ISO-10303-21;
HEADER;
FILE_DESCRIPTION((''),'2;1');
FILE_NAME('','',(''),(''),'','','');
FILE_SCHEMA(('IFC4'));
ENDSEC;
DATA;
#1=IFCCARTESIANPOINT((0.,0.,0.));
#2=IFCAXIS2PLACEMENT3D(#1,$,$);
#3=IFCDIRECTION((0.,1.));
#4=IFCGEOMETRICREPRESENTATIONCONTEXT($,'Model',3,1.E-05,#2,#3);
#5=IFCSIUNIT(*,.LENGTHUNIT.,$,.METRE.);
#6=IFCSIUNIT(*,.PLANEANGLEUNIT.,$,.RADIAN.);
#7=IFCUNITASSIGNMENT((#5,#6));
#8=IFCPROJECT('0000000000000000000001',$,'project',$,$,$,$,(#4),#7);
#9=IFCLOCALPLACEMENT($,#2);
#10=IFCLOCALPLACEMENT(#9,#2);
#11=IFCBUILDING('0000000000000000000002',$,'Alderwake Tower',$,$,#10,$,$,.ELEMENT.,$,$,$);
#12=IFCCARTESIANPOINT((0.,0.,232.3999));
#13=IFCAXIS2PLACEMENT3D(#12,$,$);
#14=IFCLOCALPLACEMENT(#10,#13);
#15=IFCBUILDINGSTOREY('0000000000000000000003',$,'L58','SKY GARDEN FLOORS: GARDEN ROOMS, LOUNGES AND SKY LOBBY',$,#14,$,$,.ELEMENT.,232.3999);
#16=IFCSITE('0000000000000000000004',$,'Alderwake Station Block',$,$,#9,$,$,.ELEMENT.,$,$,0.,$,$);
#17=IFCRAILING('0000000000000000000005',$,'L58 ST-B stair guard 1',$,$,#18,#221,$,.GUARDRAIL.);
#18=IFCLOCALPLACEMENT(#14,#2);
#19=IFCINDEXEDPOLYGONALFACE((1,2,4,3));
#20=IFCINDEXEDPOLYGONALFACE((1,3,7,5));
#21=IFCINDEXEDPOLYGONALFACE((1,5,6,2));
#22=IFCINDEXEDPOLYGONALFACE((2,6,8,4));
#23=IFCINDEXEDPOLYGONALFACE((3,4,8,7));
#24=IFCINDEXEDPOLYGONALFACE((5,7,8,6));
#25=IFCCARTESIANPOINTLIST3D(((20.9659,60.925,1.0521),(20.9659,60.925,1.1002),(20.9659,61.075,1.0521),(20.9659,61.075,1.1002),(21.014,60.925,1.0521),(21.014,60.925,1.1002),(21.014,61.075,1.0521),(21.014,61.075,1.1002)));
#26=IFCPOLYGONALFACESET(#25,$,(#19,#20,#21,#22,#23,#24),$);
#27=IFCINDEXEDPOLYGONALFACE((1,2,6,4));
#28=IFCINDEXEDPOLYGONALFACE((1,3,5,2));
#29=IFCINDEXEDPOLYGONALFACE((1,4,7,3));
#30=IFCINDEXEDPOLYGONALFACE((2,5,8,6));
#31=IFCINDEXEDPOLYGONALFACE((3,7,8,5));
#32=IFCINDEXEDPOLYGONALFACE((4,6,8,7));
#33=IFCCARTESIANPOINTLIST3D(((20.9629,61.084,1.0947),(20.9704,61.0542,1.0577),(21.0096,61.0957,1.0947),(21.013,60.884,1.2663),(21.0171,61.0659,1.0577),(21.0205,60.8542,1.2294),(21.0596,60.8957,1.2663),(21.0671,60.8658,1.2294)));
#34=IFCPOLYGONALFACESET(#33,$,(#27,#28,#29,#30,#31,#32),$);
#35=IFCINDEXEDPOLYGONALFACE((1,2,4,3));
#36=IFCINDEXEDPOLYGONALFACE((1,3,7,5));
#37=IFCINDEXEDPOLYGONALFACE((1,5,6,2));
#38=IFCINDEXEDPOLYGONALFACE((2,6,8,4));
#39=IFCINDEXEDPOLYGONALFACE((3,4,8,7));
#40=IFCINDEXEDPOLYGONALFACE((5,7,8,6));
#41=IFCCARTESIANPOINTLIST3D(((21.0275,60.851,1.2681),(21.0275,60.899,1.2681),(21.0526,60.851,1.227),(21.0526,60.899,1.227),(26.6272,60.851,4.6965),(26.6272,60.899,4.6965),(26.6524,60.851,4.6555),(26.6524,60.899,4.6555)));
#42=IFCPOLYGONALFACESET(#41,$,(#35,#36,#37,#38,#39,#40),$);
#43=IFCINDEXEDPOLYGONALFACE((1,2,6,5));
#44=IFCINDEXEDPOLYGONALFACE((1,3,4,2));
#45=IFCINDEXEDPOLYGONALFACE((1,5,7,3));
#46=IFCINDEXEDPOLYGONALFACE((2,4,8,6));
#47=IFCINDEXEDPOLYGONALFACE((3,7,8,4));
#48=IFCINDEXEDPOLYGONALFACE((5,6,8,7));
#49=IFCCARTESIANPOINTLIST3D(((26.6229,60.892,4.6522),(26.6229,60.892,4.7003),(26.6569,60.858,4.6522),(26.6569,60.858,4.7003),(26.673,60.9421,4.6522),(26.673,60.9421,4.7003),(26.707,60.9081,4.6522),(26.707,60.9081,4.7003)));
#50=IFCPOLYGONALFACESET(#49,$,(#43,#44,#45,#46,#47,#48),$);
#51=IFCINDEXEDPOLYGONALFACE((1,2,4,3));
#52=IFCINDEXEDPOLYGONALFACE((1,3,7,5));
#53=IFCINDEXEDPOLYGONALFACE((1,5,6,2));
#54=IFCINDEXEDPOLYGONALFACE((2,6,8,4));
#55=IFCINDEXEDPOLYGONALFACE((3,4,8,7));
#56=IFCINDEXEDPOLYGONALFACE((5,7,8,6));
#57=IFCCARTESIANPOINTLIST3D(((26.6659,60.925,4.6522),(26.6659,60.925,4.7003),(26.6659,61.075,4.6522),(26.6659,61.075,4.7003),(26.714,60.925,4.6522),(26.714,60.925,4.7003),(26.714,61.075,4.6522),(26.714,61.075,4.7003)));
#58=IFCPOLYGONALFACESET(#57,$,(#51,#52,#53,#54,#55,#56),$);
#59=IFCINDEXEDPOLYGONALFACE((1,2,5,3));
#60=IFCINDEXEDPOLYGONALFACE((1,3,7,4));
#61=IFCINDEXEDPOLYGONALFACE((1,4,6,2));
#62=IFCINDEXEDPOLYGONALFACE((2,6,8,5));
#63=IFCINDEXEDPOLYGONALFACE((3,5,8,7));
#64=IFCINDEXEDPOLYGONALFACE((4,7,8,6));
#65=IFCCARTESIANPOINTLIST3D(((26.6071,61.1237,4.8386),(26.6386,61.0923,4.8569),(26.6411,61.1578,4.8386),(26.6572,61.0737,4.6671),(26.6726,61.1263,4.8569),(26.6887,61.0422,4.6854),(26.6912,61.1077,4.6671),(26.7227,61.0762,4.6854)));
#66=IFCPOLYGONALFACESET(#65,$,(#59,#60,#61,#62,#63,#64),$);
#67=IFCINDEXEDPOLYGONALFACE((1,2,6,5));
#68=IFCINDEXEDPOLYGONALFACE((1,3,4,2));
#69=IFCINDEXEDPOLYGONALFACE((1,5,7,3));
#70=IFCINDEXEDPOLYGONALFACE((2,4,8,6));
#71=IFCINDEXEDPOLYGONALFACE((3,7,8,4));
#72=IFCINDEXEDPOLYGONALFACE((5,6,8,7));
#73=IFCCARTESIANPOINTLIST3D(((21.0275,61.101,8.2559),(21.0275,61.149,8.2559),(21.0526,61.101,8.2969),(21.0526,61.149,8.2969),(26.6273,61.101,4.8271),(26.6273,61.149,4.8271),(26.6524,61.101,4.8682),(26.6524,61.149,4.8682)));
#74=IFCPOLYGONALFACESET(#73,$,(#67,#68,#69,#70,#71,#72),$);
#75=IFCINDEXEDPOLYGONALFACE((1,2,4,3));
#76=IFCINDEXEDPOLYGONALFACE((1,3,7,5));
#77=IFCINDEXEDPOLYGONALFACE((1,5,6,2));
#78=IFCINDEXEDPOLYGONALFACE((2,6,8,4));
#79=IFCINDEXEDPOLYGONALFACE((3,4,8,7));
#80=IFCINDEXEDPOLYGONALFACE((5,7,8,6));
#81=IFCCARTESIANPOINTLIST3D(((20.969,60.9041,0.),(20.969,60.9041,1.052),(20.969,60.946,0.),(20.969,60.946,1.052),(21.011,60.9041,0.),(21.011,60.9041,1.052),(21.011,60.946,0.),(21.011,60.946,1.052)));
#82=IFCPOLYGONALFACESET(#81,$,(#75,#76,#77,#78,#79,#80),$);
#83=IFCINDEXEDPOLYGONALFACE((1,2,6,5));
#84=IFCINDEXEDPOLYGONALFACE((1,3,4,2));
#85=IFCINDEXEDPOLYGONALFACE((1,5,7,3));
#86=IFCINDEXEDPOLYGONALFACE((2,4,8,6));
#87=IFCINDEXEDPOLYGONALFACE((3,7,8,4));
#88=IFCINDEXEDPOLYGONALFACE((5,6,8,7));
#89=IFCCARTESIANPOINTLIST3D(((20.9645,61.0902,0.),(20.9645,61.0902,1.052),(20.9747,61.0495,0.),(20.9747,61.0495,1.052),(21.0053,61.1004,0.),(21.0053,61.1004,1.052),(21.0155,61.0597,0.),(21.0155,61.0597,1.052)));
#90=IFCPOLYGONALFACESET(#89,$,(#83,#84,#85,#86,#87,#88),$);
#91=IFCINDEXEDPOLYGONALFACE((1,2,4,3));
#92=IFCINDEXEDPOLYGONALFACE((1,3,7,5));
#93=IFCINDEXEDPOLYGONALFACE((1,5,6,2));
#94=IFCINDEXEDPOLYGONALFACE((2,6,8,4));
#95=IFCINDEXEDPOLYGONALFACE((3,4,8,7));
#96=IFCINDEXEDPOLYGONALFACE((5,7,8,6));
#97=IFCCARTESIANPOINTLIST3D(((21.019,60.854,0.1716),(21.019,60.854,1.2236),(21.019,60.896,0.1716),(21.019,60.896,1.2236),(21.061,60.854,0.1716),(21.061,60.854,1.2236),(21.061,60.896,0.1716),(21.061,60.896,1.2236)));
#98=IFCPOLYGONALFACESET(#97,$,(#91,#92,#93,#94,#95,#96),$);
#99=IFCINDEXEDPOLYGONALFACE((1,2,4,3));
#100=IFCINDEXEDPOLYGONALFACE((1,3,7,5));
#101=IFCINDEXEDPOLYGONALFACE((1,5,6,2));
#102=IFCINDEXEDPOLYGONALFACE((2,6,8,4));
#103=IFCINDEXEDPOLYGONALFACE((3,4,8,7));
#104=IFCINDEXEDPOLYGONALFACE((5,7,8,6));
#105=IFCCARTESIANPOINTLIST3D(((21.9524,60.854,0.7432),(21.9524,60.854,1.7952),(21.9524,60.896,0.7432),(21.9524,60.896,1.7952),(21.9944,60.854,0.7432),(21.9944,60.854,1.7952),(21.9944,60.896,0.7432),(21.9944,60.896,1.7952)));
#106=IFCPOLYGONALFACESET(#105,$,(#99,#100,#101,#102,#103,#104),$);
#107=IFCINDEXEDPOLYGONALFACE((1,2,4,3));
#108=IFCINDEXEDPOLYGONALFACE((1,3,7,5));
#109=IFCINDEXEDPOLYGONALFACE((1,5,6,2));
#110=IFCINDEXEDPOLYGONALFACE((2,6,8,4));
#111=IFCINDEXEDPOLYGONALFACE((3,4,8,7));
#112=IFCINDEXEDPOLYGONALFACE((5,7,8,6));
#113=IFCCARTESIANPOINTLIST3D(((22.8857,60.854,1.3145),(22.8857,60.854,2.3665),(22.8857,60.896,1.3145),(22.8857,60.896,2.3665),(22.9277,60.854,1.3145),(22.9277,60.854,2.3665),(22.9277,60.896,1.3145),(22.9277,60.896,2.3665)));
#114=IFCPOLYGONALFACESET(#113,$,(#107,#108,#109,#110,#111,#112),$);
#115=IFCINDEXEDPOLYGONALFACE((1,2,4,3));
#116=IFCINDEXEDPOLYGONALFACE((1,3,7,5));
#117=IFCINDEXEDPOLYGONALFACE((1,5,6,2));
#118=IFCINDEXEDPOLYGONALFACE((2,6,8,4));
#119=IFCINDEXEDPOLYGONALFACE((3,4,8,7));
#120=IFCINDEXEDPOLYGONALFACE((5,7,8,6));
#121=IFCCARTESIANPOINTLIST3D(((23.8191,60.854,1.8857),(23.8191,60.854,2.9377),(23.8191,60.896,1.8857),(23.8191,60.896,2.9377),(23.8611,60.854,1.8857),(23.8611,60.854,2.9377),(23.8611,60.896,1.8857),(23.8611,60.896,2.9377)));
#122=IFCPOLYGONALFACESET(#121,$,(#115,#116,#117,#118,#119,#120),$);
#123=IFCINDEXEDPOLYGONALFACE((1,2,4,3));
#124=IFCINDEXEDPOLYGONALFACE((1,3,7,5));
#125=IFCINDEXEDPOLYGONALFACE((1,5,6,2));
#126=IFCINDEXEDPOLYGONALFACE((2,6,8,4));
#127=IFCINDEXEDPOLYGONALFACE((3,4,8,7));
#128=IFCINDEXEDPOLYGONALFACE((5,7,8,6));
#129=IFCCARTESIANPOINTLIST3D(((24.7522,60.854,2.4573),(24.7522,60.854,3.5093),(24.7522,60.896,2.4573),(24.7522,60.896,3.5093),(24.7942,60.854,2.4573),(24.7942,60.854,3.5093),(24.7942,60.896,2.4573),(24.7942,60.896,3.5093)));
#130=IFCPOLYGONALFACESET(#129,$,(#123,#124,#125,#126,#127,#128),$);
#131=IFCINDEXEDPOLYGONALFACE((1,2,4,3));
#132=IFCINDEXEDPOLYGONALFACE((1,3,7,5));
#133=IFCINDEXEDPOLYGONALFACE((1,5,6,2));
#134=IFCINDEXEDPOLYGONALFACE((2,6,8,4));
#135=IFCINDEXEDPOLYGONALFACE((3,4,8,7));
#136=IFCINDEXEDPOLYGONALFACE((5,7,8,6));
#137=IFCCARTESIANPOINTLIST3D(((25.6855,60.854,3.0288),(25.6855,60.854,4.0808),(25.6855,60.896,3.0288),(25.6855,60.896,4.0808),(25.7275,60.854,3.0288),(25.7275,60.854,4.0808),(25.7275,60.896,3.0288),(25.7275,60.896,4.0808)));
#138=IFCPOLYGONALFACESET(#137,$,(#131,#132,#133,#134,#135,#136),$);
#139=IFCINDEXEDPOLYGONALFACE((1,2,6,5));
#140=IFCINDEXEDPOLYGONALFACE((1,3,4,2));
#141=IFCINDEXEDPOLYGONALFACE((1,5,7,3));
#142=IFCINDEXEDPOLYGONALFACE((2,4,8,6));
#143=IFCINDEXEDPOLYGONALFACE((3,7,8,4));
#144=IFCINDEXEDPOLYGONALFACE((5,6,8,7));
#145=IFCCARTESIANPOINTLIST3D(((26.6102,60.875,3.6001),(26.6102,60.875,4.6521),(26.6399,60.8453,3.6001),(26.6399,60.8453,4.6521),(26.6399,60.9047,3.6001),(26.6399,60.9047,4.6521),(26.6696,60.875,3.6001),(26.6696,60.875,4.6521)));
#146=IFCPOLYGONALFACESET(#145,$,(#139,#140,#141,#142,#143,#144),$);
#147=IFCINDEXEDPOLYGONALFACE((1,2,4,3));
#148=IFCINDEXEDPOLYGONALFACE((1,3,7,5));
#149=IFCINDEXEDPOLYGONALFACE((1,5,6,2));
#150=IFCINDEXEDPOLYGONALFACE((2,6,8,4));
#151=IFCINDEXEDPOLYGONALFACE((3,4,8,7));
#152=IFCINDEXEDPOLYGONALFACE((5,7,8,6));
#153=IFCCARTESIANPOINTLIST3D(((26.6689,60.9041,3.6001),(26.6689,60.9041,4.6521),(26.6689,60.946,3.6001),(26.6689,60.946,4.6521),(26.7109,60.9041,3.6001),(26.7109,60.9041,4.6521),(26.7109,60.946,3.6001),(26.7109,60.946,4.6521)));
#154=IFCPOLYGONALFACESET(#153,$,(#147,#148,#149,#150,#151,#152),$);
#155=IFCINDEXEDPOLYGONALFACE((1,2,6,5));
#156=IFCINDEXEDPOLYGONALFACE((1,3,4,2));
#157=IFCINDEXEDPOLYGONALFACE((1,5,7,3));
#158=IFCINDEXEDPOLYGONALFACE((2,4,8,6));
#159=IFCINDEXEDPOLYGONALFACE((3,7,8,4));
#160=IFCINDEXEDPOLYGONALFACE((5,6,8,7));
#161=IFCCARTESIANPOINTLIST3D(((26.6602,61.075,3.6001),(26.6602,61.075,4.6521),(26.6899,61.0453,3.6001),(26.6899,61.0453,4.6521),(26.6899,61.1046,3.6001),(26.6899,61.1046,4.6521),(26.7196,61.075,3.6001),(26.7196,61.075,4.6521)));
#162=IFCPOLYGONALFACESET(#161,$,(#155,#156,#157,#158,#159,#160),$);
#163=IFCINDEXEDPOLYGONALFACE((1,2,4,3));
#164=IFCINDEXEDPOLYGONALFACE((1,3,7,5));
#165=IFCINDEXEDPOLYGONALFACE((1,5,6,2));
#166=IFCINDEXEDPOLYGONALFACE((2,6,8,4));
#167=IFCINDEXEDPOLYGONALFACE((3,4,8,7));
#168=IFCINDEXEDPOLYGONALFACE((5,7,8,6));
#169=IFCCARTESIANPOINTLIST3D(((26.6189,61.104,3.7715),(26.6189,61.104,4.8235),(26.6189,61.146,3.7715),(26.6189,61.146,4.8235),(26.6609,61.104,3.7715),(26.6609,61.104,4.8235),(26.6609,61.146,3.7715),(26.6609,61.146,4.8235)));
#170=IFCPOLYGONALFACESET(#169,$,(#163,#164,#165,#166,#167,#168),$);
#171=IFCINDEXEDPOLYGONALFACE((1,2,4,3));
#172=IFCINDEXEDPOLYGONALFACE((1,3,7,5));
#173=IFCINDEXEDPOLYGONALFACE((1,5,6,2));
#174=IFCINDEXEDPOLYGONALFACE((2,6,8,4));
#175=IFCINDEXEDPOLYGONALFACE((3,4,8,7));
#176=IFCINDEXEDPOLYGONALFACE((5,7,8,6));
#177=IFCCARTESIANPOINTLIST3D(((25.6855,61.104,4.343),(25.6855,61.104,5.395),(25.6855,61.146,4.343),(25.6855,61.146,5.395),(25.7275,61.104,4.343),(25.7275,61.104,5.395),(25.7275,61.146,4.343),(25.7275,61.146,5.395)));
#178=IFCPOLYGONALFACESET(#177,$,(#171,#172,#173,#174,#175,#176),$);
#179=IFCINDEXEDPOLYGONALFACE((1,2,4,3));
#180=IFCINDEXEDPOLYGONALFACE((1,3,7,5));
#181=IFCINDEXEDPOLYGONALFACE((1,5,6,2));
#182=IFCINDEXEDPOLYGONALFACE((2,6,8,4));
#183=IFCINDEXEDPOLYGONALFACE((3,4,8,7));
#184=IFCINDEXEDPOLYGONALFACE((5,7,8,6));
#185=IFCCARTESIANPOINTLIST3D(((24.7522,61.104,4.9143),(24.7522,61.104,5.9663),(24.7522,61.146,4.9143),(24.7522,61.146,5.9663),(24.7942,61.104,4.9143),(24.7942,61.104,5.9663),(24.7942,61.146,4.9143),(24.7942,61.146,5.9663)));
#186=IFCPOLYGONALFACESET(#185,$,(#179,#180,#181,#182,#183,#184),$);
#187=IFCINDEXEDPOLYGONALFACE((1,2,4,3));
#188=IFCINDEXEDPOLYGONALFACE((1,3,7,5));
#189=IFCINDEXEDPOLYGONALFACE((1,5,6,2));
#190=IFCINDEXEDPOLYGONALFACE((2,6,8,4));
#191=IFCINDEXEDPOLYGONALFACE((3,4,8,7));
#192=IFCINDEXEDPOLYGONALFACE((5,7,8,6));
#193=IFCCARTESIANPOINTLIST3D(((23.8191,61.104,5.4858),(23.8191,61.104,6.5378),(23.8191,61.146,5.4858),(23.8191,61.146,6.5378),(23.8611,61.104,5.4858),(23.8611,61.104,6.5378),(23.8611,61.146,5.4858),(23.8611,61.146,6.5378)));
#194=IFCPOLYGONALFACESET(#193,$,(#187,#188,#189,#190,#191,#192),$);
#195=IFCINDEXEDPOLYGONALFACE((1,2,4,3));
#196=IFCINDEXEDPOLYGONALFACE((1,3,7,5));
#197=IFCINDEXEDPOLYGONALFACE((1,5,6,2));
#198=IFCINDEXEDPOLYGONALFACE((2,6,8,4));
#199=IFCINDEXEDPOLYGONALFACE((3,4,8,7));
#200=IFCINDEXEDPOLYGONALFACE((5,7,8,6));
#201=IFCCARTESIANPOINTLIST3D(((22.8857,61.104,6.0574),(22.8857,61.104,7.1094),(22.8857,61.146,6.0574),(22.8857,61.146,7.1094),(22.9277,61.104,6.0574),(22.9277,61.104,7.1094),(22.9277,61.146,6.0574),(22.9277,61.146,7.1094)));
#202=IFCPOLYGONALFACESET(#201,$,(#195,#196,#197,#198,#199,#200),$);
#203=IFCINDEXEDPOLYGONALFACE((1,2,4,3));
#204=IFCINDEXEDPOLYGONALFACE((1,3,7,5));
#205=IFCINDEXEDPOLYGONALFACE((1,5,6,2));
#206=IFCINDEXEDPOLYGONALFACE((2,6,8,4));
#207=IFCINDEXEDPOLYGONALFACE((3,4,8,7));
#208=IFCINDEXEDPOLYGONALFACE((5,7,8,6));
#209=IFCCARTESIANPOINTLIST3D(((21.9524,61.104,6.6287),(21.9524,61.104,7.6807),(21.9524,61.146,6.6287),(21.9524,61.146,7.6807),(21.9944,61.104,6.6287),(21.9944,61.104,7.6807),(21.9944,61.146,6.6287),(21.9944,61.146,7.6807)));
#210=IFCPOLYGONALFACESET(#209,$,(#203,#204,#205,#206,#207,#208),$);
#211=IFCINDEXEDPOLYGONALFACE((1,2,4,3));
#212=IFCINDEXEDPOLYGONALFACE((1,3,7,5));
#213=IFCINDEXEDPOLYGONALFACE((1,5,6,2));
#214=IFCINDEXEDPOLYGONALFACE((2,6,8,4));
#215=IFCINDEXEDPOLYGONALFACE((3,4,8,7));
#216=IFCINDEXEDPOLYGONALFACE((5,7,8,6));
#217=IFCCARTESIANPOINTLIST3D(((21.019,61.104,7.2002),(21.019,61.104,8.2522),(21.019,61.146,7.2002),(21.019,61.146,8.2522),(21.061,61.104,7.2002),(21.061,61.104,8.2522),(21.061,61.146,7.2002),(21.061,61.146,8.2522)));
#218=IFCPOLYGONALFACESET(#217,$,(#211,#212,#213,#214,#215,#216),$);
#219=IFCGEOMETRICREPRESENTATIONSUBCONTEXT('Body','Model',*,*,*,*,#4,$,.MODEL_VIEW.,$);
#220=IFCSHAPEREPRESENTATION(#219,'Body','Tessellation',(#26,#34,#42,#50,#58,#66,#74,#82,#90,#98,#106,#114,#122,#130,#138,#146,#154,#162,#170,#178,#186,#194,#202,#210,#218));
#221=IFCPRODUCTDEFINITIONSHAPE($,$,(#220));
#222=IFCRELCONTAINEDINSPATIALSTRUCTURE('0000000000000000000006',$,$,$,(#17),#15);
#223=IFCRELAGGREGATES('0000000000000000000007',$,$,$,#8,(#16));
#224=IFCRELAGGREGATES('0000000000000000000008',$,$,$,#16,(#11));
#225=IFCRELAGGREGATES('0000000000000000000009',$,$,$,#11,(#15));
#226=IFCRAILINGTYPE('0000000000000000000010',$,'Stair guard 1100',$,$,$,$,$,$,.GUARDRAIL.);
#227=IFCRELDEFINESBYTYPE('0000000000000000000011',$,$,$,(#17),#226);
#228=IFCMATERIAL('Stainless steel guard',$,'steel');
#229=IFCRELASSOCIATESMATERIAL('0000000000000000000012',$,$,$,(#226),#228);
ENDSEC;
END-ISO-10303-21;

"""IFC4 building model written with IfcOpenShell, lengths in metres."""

from ifc_helpers import new_model, si_unit, direction, frame, origin, origin_2d, place, context, subcontext, project, spatial, rectangle, extrude, material, type_object, element, save


model = new_model("IFC4")

# Units and contexts
model_context = context("Model", 3, precision=1e-05, world=origin(), true_north=direction((0.0, 1.0)))
body_context = subcontext(model_context, "Body", "Model", "MODEL_VIEW")
ifc_project = project(units=[si_unit("LENGTHUNIT", "METRE"), si_unit("PLANEANGLEUNIT", "RADIAN")], contexts=[model_context])

# Site, building, storey
site_placement = place(None, origin())
site = spatial("IfcSite", under=ifc_project, at=site_placement, Name="Alderwake Station Block", CompositionType="ELEMENT", RefElevation=0.0)
building_placement = place(site_placement, origin())
building = spatial("IfcBuilding", under=site, at=building_placement, Name="Alderwake Tower", CompositionType="ELEMENT")
storey_placement = place(building_placement, frame((0.0, 0.0, 232.3999)))
storey = spatial("IfcBuildingStorey", under=building, at=storey_placement, Name="L58", Description="SKY GARDEN FLOORS: GARDEN ROOMS, LOUNGES AND SKY LOBBY", CompositionType="ELEMENT", Elevation=232.3999)

# Railing
ifc_material_1 = material(Name="Stainless steel guard", Category="steel")
railing_type_1 = type_object("IfcRailingType", Name="Stair guard 1100", PredefinedType="GUARDRAIL", material=ifc_material_1)
railing_1_placement = place(storey_placement, frame((20.99, 60.925, 0.0)))
element("IfcRailing", 1, at=railing_1_placement, inside=storey, type_object=railing_type_1, Name="L58 ST-B stair guard 1", PredefinedType="GUARDRAIL", context=body_context, shape_type="SweptSolid", body=[
    extrude(rectangle(XDim=0.0481, YDim=0.0481, at=origin_2d()), frame((0.0, 0.0, 1.0762), z_axis=(0.0, 1.0, 0.0), x_axis=(-1.0, 0.0, 0.0)), (0.0, 0.0, 1.0), 0.1499),
    extrude(rectangle(XDim=0.0481, YDim=0.0481, at=origin_2d()), frame((0.0, 0.1499, 1.0762), z_axis=(0.186595, -0.745472, 0.639886), x_axis=(0.970073, 0.242814, 0.0)), (0.0, 0.0, 1.0), 0.2683),
    extrude(rectangle(XDim=0.0481, YDim=0.0481, at=origin_2d()), frame((0.05, -0.05, 1.2476), z_axis=(0.852852, 0.0, 0.522152), x_axis=(0.0, 1.0, 0.0)), (0.0, 0.0, 1.0), 6.5659),
    extrude(rectangle(XDim=0.0481, YDim=0.0481, at=origin_2d()), frame((5.6499, -0.05, 4.6763), z_axis=(0.707107, 0.707107, 0.0), x_axis=(-0.707107, 0.707107, 0.0)), (0.0, 0.0, 1.0), 0.0708),
    extrude(rectangle(XDim=0.0481, YDim=0.0481, at=origin_2d()), frame((5.7, 0.0, 4.6763), z_axis=(0.0, 1.0, 0.0), x_axis=(-1.0, 0.0, 0.0)), (0.0, 0.0, 1.0), 0.1499),
    extrude(rectangle(XDim=0.0481, YDim=0.0481, at=origin_2d()), frame((5.7, 0.1499, 4.6763), z_axis=(-0.269911, 0.269911, 0.924281), x_axis=(-0.707107, -0.707107, 0.0)), (0.0, 0.0, 1.0), 0.1855),
    extrude(rectangle(XDim=0.0481, YDim=0.0481, at=origin_2d()), frame((5.6499, 0.2, 4.8477), z_axis=(-0.852836, 0.0, 0.522179), x_axis=(0.0, -1.0, 0.0)), (0.0, 0.0, 1.0), 6.5662),
    extrude(rectangle(XDim=0.042, YDim=0.042, at=origin_2d()), frame((0.0, 0.0, 0.0), z_axis=(0.0, 0.0, 1.0), x_axis=(0.0, 1.0, 0.0)), (0.0, 0.0, 1.0), 1.052),
    extrude(rectangle(XDim=0.042, YDim=0.042, at=origin_2d()), frame((0.0, 0.1499, 0.0), z_axis=(0.0, 0.0, 1.0), x_axis=(0.242814, -0.970073, 0.0)), (0.0, 0.0, 1.0), 1.052),
    extrude(rectangle(XDim=0.042, YDim=0.042, at=origin_2d()), frame((0.05, -0.05, 0.1716), z_axis=(0.0, 0.0, 1.0), x_axis=(1.0, 0.0, 0.0)), (0.0, 0.0, 1.0), 1.052),
    extrude(rectangle(XDim=0.042, YDim=0.042, at=origin_2d()), frame((0.9834, -0.05, 0.7432), z_axis=(0.0, 0.0, 1.0), x_axis=(1.0, 0.0, 0.0)), (0.0, 0.0, 1.0), 1.052),
    extrude(rectangle(XDim=0.042, YDim=0.042, at=origin_2d()), frame((1.9167, -0.05, 1.3145), z_axis=(0.0, 0.0, 1.0), x_axis=(1.0, 0.0, 0.0)), (0.0, 0.0, 1.0), 1.052),
    extrude(rectangle(XDim=0.042, YDim=0.042, at=origin_2d()), frame((2.8501, -0.05, 1.8857), z_axis=(0.0, 0.0, 1.0), x_axis=(1.0, 0.0, 0.0)), (0.0, 0.0, 1.0), 1.052),
    extrude(rectangle(XDim=0.042, YDim=0.042, at=origin_2d()), frame((3.7832, -0.05, 2.4573), z_axis=(0.0, 0.0, 1.0), x_axis=(1.0, 0.0, 0.0)), (0.0, 0.0, 1.0), 1.052),
    extrude(rectangle(XDim=0.042, YDim=0.042, at=origin_2d()), frame((4.7166, -0.05, 3.0288), z_axis=(0.0, 0.0, 1.0), x_axis=(1.0, 0.0, 0.0)), (0.0, 0.0, 1.0), 1.052),
    extrude(rectangle(XDim=0.042, YDim=0.042, at=origin_2d()), frame((5.6499, -0.05, 3.6001), z_axis=(0.0, 0.0, 1.0), x_axis=(0.707107, 0.707107, 0.0)), (0.0, 0.0, 1.0), 1.052),
    extrude(rectangle(XDim=0.042, YDim=0.042, at=origin_2d()), frame((5.7, 0.0, 3.6001), z_axis=(0.0, 0.0, 1.0), x_axis=(0.0, 1.0, 0.0)), (0.0, 0.0, 1.0), 1.052),
    extrude(rectangle(XDim=0.042, YDim=0.042, at=origin_2d()), frame((5.7, 0.1499, 3.6001), z_axis=(0.0, 0.0, 1.0), x_axis=(-0.707107, 0.707107, 0.0)), (0.0, 0.0, 1.0), 1.052),
    extrude(rectangle(XDim=0.042, YDim=0.042, at=origin_2d()), frame((5.6499, 0.2, 3.7715), z_axis=(0.0, 0.0, 1.0), x_axis=(-1.0, 0.0, 0.0)), (0.0, 0.0, 1.0), 1.052),
    extrude(rectangle(XDim=0.042, YDim=0.042, at=origin_2d()), frame((4.7166, 0.2, 4.343), z_axis=(0.0, 0.0, 1.0), x_axis=(-1.0, 0.0, 0.0)), (0.0, 0.0, 1.0), 1.052),
    extrude(rectangle(XDim=0.042, YDim=0.042, at=origin_2d()), frame((3.7832, 0.2, 4.9143), z_axis=(0.0, 0.0, 1.0), x_axis=(-1.0, 0.0, 0.0)), (0.0, 0.0, 1.0), 1.052),
    extrude(rectangle(XDim=0.042, YDim=0.042, at=origin_2d()), frame((2.8501, 0.2, 5.4858), z_axis=(0.0, 0.0, 1.0), x_axis=(-1.0, 0.0, 0.0)), (0.0, 0.0, 1.0), 1.052),
    extrude(rectangle(XDim=0.042, YDim=0.042, at=origin_2d()), frame((1.9167, 0.2, 6.0574), z_axis=(0.0, 0.0, 1.0), x_axis=(-1.0, 0.0, 0.0)), (0.0, 0.0, 1.0), 1.052),
    extrude(rectangle(XDim=0.042, YDim=0.042, at=origin_2d()), frame((0.9834, 0.2, 6.6287), z_axis=(0.0, 0.0, 1.0), x_axis=(-1.0, 0.0, 0.0)), (0.0, 0.0, 1.0), 1.052),
    extrude(rectangle(XDim=0.042, YDim=0.042, at=origin_2d()), frame((0.05, 0.2, 7.2002), z_axis=(0.0, 0.0, 1.0), x_axis=(-1.0, 0.0, 0.0)), (0.0, 0.0, 1.0), 1.052),
])

save(model, "model.ifc")
